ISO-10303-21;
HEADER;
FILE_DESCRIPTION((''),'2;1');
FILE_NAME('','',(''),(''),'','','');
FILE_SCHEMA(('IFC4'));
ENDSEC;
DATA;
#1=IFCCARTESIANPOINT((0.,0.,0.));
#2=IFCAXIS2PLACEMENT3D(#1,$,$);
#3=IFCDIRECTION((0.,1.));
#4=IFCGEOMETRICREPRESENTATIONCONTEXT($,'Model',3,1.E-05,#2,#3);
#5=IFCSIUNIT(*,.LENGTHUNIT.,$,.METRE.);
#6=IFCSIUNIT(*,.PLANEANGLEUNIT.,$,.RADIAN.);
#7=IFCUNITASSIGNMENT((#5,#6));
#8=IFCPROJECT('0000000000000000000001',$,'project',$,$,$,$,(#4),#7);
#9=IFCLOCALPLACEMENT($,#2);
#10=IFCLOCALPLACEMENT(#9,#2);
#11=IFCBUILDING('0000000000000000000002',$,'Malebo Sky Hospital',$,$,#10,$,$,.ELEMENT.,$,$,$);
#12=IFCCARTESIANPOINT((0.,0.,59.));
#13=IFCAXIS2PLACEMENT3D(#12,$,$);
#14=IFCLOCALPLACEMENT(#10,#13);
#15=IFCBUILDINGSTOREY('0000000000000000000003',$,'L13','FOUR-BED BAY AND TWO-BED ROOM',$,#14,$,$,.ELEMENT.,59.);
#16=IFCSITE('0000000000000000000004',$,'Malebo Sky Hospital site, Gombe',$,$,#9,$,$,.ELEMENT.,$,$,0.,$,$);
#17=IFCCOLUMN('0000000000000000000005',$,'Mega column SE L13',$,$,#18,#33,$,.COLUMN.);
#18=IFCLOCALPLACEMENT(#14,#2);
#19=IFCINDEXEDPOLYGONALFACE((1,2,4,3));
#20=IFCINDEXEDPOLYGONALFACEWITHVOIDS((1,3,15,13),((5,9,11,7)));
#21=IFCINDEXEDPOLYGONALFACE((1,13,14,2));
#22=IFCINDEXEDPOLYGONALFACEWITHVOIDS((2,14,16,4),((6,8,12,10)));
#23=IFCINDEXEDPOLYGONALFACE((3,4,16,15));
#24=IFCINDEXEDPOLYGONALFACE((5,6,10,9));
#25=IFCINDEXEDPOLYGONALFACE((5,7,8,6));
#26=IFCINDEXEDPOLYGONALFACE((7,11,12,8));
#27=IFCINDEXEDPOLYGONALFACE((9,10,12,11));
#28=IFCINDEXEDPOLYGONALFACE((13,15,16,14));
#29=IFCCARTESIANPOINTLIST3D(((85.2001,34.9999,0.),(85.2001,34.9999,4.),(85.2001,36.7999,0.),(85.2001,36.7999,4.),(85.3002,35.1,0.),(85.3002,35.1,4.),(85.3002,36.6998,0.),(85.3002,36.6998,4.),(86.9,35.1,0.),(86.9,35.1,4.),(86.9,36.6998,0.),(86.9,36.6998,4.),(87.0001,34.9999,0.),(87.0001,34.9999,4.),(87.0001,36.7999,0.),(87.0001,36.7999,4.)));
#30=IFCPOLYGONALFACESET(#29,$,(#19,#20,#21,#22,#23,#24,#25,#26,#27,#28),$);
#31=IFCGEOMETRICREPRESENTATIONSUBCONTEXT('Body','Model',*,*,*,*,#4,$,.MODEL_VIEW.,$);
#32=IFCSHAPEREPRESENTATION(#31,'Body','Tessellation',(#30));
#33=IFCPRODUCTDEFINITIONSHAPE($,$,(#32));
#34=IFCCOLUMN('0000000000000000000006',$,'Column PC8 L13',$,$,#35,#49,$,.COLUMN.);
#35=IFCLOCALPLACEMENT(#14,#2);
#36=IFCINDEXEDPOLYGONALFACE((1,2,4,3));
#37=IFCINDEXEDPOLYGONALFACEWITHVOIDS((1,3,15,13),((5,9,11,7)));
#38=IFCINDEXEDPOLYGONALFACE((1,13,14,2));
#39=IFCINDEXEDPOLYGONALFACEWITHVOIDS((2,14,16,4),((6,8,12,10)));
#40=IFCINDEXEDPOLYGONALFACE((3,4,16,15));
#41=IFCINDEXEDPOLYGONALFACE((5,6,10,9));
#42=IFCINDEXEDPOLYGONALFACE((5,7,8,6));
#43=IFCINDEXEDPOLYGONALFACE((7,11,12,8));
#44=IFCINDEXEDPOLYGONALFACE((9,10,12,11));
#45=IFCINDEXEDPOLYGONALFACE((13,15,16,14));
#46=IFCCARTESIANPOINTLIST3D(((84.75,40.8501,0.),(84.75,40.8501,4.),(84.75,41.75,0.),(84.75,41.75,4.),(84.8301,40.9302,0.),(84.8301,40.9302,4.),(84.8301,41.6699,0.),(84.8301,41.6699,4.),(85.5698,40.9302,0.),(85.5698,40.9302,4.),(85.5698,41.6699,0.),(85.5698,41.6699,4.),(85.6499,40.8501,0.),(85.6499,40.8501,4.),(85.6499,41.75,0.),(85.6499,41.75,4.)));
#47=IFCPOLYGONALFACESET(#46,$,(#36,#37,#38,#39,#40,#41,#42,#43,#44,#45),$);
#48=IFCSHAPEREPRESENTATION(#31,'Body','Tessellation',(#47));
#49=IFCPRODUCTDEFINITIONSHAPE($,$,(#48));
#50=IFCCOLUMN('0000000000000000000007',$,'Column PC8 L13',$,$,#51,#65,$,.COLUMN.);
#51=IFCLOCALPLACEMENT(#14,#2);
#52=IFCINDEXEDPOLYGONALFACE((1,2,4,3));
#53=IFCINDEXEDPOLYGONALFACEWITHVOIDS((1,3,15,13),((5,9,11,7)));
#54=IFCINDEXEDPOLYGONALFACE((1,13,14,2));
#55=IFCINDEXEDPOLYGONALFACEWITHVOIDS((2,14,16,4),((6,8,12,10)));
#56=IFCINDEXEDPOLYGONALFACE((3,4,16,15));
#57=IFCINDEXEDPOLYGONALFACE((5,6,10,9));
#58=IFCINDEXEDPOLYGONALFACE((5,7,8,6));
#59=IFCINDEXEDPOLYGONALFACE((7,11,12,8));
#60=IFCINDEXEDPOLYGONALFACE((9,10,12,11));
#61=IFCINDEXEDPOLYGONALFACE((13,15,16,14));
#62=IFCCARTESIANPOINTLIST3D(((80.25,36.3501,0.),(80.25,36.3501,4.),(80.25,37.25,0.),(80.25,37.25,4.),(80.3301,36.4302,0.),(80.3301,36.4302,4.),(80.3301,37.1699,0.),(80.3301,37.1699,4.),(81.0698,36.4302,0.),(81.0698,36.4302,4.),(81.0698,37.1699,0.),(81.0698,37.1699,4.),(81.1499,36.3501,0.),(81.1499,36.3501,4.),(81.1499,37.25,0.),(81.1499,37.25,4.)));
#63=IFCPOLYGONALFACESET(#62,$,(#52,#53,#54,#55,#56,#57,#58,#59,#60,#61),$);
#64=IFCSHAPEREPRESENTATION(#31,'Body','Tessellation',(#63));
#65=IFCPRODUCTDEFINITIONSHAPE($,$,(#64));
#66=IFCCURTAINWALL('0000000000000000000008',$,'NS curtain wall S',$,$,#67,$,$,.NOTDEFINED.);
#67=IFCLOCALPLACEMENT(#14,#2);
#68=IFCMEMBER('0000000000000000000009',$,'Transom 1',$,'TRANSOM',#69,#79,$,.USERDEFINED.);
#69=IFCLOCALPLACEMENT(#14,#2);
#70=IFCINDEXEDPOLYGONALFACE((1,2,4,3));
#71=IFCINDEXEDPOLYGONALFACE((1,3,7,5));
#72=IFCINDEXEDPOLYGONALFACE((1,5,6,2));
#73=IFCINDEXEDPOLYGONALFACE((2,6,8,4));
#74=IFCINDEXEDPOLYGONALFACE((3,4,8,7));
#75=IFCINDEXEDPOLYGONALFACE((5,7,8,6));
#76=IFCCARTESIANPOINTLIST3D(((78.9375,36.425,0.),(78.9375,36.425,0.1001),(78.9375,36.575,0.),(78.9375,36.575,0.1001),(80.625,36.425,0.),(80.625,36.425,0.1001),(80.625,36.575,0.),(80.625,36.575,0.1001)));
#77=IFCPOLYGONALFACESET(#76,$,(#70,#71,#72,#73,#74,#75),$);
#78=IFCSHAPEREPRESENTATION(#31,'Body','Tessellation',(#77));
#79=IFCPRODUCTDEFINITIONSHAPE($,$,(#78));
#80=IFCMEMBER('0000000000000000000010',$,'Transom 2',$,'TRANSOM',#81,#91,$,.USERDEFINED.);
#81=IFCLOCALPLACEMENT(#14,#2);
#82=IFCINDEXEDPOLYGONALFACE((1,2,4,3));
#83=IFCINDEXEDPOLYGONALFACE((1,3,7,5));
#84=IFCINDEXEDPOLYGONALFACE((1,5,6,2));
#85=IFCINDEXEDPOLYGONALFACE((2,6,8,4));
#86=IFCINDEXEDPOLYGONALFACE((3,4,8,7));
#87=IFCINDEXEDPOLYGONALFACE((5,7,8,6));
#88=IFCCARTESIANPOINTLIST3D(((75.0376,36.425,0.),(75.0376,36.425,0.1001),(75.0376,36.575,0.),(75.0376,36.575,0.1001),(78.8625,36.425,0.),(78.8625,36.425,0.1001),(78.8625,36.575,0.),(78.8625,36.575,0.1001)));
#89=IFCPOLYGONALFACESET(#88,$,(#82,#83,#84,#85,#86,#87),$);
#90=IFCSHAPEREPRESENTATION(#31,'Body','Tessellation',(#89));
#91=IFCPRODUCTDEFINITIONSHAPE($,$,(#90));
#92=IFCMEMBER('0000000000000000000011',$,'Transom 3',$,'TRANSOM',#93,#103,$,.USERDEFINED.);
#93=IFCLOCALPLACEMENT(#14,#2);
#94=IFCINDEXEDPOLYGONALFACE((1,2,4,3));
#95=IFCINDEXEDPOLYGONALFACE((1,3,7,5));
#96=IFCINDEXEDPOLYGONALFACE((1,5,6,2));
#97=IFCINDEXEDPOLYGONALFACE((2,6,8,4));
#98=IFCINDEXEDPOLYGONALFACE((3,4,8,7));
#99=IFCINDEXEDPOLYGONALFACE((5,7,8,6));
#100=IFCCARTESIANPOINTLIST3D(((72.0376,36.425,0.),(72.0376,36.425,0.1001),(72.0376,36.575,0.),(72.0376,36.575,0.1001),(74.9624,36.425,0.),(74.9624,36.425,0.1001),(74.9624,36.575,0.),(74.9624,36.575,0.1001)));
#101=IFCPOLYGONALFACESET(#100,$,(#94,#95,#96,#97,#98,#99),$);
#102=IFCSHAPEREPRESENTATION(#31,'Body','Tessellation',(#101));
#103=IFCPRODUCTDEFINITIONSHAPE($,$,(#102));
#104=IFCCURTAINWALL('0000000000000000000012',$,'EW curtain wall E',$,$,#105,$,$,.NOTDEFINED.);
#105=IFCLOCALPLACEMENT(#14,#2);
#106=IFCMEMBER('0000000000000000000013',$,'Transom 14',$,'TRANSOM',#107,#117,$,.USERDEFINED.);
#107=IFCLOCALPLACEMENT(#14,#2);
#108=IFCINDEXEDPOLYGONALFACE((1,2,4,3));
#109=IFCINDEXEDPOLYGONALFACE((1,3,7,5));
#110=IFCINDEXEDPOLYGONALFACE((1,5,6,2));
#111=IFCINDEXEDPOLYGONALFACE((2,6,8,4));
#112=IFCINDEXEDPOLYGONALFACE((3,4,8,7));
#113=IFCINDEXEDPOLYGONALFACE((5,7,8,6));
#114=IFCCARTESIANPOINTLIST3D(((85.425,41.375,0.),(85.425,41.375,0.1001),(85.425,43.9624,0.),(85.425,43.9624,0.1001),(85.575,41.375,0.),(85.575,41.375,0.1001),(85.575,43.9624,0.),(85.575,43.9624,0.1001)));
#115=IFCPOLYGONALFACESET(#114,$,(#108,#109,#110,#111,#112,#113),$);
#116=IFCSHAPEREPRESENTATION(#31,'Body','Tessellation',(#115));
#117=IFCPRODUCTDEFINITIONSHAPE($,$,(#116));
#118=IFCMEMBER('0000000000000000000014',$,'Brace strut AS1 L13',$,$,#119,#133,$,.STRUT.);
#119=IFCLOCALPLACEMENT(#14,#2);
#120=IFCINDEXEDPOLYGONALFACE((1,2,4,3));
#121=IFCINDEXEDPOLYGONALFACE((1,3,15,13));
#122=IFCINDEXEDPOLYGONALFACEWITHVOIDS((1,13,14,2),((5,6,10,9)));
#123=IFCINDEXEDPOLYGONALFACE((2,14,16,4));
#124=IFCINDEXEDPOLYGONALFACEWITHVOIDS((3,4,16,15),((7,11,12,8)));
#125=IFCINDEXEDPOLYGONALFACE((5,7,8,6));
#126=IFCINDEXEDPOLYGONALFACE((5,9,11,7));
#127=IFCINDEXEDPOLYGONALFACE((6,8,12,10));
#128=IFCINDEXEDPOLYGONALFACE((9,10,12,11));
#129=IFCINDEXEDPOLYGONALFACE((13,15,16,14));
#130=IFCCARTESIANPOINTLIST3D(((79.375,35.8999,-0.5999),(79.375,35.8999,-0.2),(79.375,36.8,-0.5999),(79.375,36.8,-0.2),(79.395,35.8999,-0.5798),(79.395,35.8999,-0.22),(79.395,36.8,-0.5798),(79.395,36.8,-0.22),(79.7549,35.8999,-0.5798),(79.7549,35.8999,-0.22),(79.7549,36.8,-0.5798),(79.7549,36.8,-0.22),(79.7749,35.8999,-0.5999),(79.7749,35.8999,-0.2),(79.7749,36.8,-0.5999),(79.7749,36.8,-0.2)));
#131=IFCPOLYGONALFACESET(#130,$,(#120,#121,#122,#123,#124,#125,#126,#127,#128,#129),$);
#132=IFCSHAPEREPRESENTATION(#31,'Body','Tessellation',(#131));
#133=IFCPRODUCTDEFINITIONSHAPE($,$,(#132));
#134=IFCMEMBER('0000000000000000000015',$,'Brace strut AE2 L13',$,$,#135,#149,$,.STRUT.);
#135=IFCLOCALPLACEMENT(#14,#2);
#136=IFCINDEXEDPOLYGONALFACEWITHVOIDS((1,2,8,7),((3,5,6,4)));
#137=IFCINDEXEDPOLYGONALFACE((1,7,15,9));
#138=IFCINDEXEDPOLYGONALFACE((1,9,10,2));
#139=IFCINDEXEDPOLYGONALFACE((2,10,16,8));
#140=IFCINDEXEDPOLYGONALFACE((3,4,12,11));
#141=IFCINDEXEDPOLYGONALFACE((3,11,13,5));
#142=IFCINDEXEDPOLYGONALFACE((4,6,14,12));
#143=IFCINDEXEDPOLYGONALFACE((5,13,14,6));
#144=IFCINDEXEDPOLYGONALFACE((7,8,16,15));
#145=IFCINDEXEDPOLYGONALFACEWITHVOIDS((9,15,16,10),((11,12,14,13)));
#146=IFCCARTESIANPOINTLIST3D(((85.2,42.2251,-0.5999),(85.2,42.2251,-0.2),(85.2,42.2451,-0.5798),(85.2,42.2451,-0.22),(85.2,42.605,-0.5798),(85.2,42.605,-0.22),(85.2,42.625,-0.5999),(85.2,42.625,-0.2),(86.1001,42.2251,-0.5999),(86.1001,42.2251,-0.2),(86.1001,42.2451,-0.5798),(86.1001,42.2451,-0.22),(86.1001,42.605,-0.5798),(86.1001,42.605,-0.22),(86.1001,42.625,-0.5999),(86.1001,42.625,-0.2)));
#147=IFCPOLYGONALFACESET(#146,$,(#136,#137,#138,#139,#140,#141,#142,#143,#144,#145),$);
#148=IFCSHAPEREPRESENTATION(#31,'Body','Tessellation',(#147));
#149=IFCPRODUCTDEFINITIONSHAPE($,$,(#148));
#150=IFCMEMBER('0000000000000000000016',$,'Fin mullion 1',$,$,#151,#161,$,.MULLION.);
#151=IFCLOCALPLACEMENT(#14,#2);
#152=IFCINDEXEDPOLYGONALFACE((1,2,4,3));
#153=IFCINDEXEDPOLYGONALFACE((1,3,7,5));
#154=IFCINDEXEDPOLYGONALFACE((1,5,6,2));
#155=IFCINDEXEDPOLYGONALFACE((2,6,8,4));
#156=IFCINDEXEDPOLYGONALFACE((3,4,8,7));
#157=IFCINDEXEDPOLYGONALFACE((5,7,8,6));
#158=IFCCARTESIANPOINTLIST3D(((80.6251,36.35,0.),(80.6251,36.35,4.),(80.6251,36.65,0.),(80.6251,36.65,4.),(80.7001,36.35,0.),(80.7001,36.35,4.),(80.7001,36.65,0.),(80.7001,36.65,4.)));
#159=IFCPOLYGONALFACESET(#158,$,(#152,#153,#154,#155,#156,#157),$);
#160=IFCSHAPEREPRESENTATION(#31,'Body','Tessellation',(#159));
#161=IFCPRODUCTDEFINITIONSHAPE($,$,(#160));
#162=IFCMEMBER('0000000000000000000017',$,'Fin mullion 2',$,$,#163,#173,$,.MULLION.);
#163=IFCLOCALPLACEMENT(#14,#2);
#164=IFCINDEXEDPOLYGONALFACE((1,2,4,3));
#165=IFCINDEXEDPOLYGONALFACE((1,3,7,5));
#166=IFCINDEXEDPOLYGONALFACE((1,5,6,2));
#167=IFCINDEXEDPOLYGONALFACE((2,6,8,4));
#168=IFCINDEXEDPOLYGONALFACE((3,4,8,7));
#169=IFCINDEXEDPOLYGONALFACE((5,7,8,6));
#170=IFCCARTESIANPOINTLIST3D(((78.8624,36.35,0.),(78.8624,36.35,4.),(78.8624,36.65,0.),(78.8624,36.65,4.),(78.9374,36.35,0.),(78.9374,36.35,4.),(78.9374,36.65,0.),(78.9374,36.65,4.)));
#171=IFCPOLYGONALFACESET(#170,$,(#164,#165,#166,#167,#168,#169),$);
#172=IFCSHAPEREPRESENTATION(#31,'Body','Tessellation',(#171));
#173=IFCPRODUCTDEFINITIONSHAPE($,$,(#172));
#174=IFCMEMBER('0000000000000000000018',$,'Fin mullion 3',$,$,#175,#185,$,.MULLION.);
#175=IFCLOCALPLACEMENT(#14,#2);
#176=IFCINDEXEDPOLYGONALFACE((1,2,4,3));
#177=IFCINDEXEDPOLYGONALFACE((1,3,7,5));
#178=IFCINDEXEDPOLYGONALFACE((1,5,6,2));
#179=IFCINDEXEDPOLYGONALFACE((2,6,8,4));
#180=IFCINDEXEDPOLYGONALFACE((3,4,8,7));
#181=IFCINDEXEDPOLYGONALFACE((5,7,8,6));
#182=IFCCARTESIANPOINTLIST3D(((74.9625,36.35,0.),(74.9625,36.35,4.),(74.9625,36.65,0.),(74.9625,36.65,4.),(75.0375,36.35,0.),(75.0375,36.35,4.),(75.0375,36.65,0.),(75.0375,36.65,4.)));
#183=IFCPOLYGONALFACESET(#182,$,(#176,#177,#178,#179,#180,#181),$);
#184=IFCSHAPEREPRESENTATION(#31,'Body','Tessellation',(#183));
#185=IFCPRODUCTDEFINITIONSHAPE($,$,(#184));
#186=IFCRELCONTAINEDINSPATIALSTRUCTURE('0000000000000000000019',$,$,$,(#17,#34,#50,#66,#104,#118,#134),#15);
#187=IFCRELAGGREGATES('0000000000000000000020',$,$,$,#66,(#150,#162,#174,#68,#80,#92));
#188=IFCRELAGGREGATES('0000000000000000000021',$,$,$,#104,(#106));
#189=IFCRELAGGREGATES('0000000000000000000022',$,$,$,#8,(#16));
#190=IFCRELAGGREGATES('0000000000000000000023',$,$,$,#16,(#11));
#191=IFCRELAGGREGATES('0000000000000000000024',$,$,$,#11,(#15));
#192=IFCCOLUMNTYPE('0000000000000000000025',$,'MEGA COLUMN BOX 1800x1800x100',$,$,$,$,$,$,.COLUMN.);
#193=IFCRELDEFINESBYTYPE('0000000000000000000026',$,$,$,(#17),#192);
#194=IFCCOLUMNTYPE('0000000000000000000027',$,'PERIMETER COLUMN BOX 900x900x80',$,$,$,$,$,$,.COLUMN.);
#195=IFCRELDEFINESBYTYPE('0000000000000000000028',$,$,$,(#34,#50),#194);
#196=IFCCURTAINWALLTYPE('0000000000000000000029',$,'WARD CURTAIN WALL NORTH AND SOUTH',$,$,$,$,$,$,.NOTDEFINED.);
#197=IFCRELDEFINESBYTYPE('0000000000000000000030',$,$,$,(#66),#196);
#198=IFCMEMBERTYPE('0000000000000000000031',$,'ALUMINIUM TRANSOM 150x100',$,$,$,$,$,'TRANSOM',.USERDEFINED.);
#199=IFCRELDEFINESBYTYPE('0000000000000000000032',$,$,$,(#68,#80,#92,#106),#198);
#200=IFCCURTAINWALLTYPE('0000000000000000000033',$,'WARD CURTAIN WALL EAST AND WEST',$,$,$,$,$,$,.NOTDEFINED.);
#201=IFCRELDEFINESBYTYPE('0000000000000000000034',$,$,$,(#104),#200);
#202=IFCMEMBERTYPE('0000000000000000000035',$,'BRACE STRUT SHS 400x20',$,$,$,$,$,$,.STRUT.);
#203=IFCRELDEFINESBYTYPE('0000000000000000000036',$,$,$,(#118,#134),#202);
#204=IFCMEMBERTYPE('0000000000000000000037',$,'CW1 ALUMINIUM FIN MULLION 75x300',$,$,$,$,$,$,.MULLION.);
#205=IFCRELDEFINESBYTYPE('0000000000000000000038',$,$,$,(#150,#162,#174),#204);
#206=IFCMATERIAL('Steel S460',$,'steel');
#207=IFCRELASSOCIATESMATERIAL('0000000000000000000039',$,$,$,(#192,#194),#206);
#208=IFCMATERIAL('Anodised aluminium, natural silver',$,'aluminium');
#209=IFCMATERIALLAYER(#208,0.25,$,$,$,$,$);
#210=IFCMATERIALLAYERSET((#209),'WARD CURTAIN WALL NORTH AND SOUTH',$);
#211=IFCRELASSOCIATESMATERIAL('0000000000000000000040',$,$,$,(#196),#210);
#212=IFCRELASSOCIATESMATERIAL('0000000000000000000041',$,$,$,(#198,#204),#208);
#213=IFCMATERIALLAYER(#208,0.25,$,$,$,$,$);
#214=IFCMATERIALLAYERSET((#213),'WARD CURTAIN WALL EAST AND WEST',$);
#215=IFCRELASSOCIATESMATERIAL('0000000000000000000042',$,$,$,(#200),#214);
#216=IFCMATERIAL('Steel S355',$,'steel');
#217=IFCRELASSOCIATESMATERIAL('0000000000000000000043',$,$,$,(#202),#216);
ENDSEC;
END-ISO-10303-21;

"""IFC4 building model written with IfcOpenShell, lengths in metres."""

from ifc_helpers import new_model, si_unit, direction, frame, origin, origin_2d, place, context, subcontext, project, spatial, rectangle, hollow_rectangle, extrude, material, layer, layer_set, material_profile, profile_set, type_object, element, aggregate, save


model = new_model("IFC4")

# Units and contexts
model_context = context("Model", 3, precision=1e-05, world=origin(), true_north=direction((0.0, 1.0)))
body_context = subcontext(model_context, "Body", "Model", "MODEL_VIEW")
ifc_project = project(units=[si_unit("LENGTHUNIT", "METRE"), si_unit("PLANEANGLEUNIT", "RADIAN")], contexts=[model_context])

# Site, building, storey
site_placement = place(None, origin())
site = spatial("IfcSite", under=ifc_project, at=site_placement, Name="Malebo Sky Hospital site, Gombe", CompositionType="ELEMENT", RefElevation=0.0)
building_placement = place(site_placement, origin())
building = spatial("IfcBuilding", under=site, at=building_placement, Name="Malebo Sky Hospital", CompositionType="ELEMENT")
storey_placement = place(building_placement, frame((0.0, 0.0, 59.0)))
storey = spatial("IfcBuildingStorey", under=building, at=storey_placement, Name="L13", Description="FOUR-BED BAY AND TWO-BED ROOM", CompositionType="ELEMENT", Elevation=59.0)

# Columns
ifc_material_1 = material(Name="Steel S460", Category="steel")
ifc_material_profile_1 = material_profile(ifc_material_1, hollow_rectangle(XDim=1.8, YDim=1.8, WallThickness=0.1001, at=origin_2d()), Name="BOX 1800x1800x100")
ifc_profile_set_1 = profile_set([ifc_material_profile_1], Name="Steel S460")
column_type_1 = type_object("IfcColumnType", Name="MEGA COLUMN BOX 1800x1800x100", PredefinedType="COLUMN", material=ifc_profile_set_1)
column_placement = place(storey_placement, frame((86.1001, 35.8999, 0.0), z_axis=(0.0, 0.0, 1.0), x_axis=(1.0, 0.0, 0.0)))
element("IfcColumn", 1, at=column_placement, inside=storey, type_object=column_type_1, Name="Mega column SE L13", PredefinedType="COLUMN", context=body_context, shape_type="SweptSolid", body=[
    extrude(hollow_rectangle(XDim=1.8, YDim=1.8, WallThickness=0.1001, at=origin_2d()), origin(), (0.0, 0.0, 1.0), 4.0),
])
ifc_material_profile_2 = material_profile(ifc_material_1, hollow_rectangle(XDim=0.8999, YDim=0.8999, WallThickness=0.0801, at=origin_2d()), Name="BOX 900x900x80")
ifc_profile_set_2 = profile_set([ifc_material_profile_2], Name="Steel S460")
column_type_2 = type_object("IfcColumnType", Name="PERIMETER COLUMN BOX 900x900x80", PredefinedType="COLUMN", material=ifc_profile_set_2)
for number, where, z_axis, x_axis, name in (
    (2, (85.2, 41.3, 0.0), (0.0, 0.0, 1.0), (1.0, 0.0, 0.0), "Column PC8 L13"),
    (3, (80.7, 36.8, 0.0), (0.0, 0.0, 1.0), (1.0, 0.0, 0.0), "Column PC8 L13"),
):
    element("IfcColumn", number, at=place(storey_placement, frame(where, z_axis=z_axis, x_axis=x_axis)), inside=storey, type_object=column_type_2, Name=name, PredefinedType="COLUMN", context=body_context, shape_type="SweptSolid", body=[
        extrude(hollow_rectangle(XDim=0.8999, YDim=0.8999, WallThickness=0.0801, at=origin_2d()), origin(), (0.0, 0.0, 1.0), 4.0),
    ])

# Curtain wall, members
ifc_material_2 = material(Name="Anodised aluminium, natural silver", Category="aluminium")
ifc_layer_1 = layer(ifc_material_2, 0.25)
ifc_layer_set_1 = layer_set([ifc_layer_1], Name="WARD CURTAIN WALL NORTH AND SOUTH")
curtain_wall_type_1 = type_object("IfcCurtainWallType", Name="WARD CURTAIN WALL NORTH AND SOUTH", PredefinedType="NOTDEFINED", material=ifc_layer_set_1)
curtain_wall_1_placement = place(storey_placement, origin())
curtain_wall_1 = element("IfcCurtainWall", 4, at=curtain_wall_1_placement, inside=storey, type_object=curtain_wall_type_1, Name="NS curtain wall S", PredefinedType="NOTDEFINED")
ifc_material_profile_3 = material_profile(ifc_material_2, rectangle(XDim=0.1499, YDim=0.1001, at=origin_2d()), Name="ALUMINIUM TRANSOM 150x100")
ifc_profile_set_3 = profile_set([ifc_material_profile_3], Name="Anodised aluminium, natural silver")
member_type_1 = type_object("IfcMemberType", Name="ALUMINIUM TRANSOM 150x100", ElementType="TRANSOM", PredefinedType="USERDEFINED", material=ifc_profile_set_3)
member_1_placement = place(storey_placement, frame((80.625, 36.5, 0.05), z_axis=(-1.0, 0.0, 0.0), x_axis=(0.0, -1.0, 0.0)))
member_1 = element("IfcMember", 5, at=member_1_placement, type_object=member_type_1, Name="Transom 1", ObjectType="TRANSOM", PredefinedType="USERDEFINED", context=body_context, shape_type="SweptSolid", body=[
    extrude(rectangle(XDim=0.1499, YDim=0.1001, at=origin_2d()), origin(), (0.0, 0.0, 1.0), 1.6875),
])
member_2_placement = place(storey_placement, frame((78.8625, 36.5, 0.05), z_axis=(-1.0, 0.0, 0.0), x_axis=(0.0, -1.0, 0.0)))
member_2 = element("IfcMember", 6, at=member_2_placement, type_object=member_type_1, Name="Transom 2", ObjectType="TRANSOM", PredefinedType="USERDEFINED", context=body_context, shape_type="SweptSolid", body=[
    extrude(rectangle(XDim=0.1499, YDim=0.1001, at=origin_2d()), origin(), (0.0, 0.0, 1.0), 3.825),
])
member_3_placement = place(storey_placement, frame((74.9624, 36.5, 0.05), z_axis=(-1.0, 0.0, 0.0), x_axis=(0.0, -1.0, 0.0)))
member_3 = element("IfcMember", 7, at=member_3_placement, type_object=member_type_1, Name="Transom 3", ObjectType="TRANSOM", PredefinedType="USERDEFINED", context=body_context, shape_type="SweptSolid", body=[
    extrude(rectangle(XDim=0.1499, YDim=0.1001, at=origin_2d()), origin(), (0.0, 0.0, 1.0), 2.9248),
])

# Curtain wall, member
ifc_layer_2 = layer(ifc_material_2, 0.25)
ifc_layer_set_2 = layer_set([ifc_layer_2], Name="WARD CURTAIN WALL EAST AND WEST")
curtain_wall_type_2 = type_object("IfcCurtainWallType", Name="WARD CURTAIN WALL EAST AND WEST", PredefinedType="NOTDEFINED", material=ifc_layer_set_2)
curtain_wall_2_placement = place(storey_placement, origin())
curtain_wall_2 = element("IfcCurtainWall", 8, at=curtain_wall_2_placement, inside=storey, type_object=curtain_wall_type_2, Name="EW curtain wall E", PredefinedType="NOTDEFINED")
member_4_placement = place(storey_placement, frame((85.5, 43.9624, 0.05), z_axis=(0.0, -1.0, 0.0), x_axis=(1.0, 0.0, 0.0)))
member_4 = element("IfcMember", 9, at=member_4_placement, type_object=member_type_1, Name="Transom 14", ObjectType="TRANSOM", PredefinedType="USERDEFINED", context=body_context, shape_type="SweptSolid", body=[
    extrude(rectangle(XDim=0.1499, YDim=0.1001, at=origin_2d()), origin(), (0.0, 0.0, 1.0), 2.5874),
])

# Members
ifc_material_3 = material(Name="Steel S355", Category="steel")
ifc_material_profile_4 = material_profile(ifc_material_3, hollow_rectangle(XDim=0.3999, YDim=0.3999, WallThickness=0.02, at=origin_2d()), Name="SHS 400x20")
ifc_profile_set_4 = profile_set([ifc_material_profile_4], Name="Steel S355")
member_type_2 = type_object("IfcMemberType", Name="BRACE STRUT SHS 400x20", PredefinedType="STRUT", material=ifc_profile_set_4)
for number, where, z_axis, x_axis, name in (
    (10, (79.575, 35.8999, -0.3999), (0.0, 1.0, 0.0), (-1.0, 0.0, 0.0), "Brace strut AS1 L13"),
    (11, (86.1001, 42.425, -0.3999), (-1.0, 0.0, 0.0), (0.0, -1.0, 0.0), "Brace strut AE2 L13"),
):
    element("IfcMember", number, at=place(storey_placement, frame(where, z_axis=z_axis, x_axis=x_axis)), inside=storey, type_object=member_type_2, Name=name, PredefinedType="STRUT", context=body_context, shape_type="SweptSolid", body=[
        extrude(hollow_rectangle(XDim=0.3999, YDim=0.3999, WallThickness=0.02, at=origin_2d()), origin(), (0.0, 0.0, 1.0), 0.9001),
    ])

# Members
ifc_material_profile_5 = material_profile(ifc_material_2, rectangle(XDim=0.075, YDim=0.3, at=origin_2d()), Name="CW1 ALUMINIUM FIN MULLION 75x300")
ifc_profile_set_5 = profile_set([ifc_material_profile_5], Name="Anodised aluminium, natural silver")
member_type_3 = type_object("IfcMemberType", Name="CW1 ALUMINIUM FIN MULLION 75x300", PredefinedType="MULLION", material=ifc_profile_set_5)
member_5_placement = place(storey_placement, frame((80.6626, 36.5, 0.0), z_axis=(0.0, 0.0, 1.0), x_axis=(-1.0, 0.0, 0.0)))
member_5 = element("IfcMember", 12, at=member_5_placement, type_object=member_type_3, Name="Fin mullion 1", PredefinedType="MULLION", context=body_context, shape_type="SweptSolid", body=[
    extrude(rectangle(XDim=0.075, YDim=0.3, at=origin_2d()), origin(), (0.0, 0.0, 1.0), 4.0),
])
member_6_placement = place(storey_placement, frame((78.8999, 36.5, 0.0), z_axis=(0.0, 0.0, 1.0), x_axis=(-1.0, 0.0, 0.0)))
member_6 = element("IfcMember", 13, at=member_6_placement, type_object=member_type_3, Name="Fin mullion 2", PredefinedType="MULLION", context=body_context, shape_type="SweptSolid", body=[
    extrude(rectangle(XDim=0.075, YDim=0.3, at=origin_2d()), origin(), (0.0, 0.0, 1.0), 4.0),
])
member_7_placement = place(storey_placement, frame((75.0, 36.5, 0.0), z_axis=(0.0, 0.0, 1.0), x_axis=(-1.0, 0.0, 0.0)))
member_7 = element("IfcMember", 14, at=member_7_placement, type_object=member_type_3, Name="Fin mullion 3", PredefinedType="MULLION", context=body_context, shape_type="SweptSolid", body=[
    extrude(rectangle(XDim=0.075, YDim=0.3, at=origin_2d()), origin(), (0.0, 0.0, 1.0), 4.0),
])

aggregate(curtain_wall_1, [member_5, member_6, member_7, member_1, member_2, member_3])
aggregate(curtain_wall_2, [member_4])

save(model, "model.ifc")
